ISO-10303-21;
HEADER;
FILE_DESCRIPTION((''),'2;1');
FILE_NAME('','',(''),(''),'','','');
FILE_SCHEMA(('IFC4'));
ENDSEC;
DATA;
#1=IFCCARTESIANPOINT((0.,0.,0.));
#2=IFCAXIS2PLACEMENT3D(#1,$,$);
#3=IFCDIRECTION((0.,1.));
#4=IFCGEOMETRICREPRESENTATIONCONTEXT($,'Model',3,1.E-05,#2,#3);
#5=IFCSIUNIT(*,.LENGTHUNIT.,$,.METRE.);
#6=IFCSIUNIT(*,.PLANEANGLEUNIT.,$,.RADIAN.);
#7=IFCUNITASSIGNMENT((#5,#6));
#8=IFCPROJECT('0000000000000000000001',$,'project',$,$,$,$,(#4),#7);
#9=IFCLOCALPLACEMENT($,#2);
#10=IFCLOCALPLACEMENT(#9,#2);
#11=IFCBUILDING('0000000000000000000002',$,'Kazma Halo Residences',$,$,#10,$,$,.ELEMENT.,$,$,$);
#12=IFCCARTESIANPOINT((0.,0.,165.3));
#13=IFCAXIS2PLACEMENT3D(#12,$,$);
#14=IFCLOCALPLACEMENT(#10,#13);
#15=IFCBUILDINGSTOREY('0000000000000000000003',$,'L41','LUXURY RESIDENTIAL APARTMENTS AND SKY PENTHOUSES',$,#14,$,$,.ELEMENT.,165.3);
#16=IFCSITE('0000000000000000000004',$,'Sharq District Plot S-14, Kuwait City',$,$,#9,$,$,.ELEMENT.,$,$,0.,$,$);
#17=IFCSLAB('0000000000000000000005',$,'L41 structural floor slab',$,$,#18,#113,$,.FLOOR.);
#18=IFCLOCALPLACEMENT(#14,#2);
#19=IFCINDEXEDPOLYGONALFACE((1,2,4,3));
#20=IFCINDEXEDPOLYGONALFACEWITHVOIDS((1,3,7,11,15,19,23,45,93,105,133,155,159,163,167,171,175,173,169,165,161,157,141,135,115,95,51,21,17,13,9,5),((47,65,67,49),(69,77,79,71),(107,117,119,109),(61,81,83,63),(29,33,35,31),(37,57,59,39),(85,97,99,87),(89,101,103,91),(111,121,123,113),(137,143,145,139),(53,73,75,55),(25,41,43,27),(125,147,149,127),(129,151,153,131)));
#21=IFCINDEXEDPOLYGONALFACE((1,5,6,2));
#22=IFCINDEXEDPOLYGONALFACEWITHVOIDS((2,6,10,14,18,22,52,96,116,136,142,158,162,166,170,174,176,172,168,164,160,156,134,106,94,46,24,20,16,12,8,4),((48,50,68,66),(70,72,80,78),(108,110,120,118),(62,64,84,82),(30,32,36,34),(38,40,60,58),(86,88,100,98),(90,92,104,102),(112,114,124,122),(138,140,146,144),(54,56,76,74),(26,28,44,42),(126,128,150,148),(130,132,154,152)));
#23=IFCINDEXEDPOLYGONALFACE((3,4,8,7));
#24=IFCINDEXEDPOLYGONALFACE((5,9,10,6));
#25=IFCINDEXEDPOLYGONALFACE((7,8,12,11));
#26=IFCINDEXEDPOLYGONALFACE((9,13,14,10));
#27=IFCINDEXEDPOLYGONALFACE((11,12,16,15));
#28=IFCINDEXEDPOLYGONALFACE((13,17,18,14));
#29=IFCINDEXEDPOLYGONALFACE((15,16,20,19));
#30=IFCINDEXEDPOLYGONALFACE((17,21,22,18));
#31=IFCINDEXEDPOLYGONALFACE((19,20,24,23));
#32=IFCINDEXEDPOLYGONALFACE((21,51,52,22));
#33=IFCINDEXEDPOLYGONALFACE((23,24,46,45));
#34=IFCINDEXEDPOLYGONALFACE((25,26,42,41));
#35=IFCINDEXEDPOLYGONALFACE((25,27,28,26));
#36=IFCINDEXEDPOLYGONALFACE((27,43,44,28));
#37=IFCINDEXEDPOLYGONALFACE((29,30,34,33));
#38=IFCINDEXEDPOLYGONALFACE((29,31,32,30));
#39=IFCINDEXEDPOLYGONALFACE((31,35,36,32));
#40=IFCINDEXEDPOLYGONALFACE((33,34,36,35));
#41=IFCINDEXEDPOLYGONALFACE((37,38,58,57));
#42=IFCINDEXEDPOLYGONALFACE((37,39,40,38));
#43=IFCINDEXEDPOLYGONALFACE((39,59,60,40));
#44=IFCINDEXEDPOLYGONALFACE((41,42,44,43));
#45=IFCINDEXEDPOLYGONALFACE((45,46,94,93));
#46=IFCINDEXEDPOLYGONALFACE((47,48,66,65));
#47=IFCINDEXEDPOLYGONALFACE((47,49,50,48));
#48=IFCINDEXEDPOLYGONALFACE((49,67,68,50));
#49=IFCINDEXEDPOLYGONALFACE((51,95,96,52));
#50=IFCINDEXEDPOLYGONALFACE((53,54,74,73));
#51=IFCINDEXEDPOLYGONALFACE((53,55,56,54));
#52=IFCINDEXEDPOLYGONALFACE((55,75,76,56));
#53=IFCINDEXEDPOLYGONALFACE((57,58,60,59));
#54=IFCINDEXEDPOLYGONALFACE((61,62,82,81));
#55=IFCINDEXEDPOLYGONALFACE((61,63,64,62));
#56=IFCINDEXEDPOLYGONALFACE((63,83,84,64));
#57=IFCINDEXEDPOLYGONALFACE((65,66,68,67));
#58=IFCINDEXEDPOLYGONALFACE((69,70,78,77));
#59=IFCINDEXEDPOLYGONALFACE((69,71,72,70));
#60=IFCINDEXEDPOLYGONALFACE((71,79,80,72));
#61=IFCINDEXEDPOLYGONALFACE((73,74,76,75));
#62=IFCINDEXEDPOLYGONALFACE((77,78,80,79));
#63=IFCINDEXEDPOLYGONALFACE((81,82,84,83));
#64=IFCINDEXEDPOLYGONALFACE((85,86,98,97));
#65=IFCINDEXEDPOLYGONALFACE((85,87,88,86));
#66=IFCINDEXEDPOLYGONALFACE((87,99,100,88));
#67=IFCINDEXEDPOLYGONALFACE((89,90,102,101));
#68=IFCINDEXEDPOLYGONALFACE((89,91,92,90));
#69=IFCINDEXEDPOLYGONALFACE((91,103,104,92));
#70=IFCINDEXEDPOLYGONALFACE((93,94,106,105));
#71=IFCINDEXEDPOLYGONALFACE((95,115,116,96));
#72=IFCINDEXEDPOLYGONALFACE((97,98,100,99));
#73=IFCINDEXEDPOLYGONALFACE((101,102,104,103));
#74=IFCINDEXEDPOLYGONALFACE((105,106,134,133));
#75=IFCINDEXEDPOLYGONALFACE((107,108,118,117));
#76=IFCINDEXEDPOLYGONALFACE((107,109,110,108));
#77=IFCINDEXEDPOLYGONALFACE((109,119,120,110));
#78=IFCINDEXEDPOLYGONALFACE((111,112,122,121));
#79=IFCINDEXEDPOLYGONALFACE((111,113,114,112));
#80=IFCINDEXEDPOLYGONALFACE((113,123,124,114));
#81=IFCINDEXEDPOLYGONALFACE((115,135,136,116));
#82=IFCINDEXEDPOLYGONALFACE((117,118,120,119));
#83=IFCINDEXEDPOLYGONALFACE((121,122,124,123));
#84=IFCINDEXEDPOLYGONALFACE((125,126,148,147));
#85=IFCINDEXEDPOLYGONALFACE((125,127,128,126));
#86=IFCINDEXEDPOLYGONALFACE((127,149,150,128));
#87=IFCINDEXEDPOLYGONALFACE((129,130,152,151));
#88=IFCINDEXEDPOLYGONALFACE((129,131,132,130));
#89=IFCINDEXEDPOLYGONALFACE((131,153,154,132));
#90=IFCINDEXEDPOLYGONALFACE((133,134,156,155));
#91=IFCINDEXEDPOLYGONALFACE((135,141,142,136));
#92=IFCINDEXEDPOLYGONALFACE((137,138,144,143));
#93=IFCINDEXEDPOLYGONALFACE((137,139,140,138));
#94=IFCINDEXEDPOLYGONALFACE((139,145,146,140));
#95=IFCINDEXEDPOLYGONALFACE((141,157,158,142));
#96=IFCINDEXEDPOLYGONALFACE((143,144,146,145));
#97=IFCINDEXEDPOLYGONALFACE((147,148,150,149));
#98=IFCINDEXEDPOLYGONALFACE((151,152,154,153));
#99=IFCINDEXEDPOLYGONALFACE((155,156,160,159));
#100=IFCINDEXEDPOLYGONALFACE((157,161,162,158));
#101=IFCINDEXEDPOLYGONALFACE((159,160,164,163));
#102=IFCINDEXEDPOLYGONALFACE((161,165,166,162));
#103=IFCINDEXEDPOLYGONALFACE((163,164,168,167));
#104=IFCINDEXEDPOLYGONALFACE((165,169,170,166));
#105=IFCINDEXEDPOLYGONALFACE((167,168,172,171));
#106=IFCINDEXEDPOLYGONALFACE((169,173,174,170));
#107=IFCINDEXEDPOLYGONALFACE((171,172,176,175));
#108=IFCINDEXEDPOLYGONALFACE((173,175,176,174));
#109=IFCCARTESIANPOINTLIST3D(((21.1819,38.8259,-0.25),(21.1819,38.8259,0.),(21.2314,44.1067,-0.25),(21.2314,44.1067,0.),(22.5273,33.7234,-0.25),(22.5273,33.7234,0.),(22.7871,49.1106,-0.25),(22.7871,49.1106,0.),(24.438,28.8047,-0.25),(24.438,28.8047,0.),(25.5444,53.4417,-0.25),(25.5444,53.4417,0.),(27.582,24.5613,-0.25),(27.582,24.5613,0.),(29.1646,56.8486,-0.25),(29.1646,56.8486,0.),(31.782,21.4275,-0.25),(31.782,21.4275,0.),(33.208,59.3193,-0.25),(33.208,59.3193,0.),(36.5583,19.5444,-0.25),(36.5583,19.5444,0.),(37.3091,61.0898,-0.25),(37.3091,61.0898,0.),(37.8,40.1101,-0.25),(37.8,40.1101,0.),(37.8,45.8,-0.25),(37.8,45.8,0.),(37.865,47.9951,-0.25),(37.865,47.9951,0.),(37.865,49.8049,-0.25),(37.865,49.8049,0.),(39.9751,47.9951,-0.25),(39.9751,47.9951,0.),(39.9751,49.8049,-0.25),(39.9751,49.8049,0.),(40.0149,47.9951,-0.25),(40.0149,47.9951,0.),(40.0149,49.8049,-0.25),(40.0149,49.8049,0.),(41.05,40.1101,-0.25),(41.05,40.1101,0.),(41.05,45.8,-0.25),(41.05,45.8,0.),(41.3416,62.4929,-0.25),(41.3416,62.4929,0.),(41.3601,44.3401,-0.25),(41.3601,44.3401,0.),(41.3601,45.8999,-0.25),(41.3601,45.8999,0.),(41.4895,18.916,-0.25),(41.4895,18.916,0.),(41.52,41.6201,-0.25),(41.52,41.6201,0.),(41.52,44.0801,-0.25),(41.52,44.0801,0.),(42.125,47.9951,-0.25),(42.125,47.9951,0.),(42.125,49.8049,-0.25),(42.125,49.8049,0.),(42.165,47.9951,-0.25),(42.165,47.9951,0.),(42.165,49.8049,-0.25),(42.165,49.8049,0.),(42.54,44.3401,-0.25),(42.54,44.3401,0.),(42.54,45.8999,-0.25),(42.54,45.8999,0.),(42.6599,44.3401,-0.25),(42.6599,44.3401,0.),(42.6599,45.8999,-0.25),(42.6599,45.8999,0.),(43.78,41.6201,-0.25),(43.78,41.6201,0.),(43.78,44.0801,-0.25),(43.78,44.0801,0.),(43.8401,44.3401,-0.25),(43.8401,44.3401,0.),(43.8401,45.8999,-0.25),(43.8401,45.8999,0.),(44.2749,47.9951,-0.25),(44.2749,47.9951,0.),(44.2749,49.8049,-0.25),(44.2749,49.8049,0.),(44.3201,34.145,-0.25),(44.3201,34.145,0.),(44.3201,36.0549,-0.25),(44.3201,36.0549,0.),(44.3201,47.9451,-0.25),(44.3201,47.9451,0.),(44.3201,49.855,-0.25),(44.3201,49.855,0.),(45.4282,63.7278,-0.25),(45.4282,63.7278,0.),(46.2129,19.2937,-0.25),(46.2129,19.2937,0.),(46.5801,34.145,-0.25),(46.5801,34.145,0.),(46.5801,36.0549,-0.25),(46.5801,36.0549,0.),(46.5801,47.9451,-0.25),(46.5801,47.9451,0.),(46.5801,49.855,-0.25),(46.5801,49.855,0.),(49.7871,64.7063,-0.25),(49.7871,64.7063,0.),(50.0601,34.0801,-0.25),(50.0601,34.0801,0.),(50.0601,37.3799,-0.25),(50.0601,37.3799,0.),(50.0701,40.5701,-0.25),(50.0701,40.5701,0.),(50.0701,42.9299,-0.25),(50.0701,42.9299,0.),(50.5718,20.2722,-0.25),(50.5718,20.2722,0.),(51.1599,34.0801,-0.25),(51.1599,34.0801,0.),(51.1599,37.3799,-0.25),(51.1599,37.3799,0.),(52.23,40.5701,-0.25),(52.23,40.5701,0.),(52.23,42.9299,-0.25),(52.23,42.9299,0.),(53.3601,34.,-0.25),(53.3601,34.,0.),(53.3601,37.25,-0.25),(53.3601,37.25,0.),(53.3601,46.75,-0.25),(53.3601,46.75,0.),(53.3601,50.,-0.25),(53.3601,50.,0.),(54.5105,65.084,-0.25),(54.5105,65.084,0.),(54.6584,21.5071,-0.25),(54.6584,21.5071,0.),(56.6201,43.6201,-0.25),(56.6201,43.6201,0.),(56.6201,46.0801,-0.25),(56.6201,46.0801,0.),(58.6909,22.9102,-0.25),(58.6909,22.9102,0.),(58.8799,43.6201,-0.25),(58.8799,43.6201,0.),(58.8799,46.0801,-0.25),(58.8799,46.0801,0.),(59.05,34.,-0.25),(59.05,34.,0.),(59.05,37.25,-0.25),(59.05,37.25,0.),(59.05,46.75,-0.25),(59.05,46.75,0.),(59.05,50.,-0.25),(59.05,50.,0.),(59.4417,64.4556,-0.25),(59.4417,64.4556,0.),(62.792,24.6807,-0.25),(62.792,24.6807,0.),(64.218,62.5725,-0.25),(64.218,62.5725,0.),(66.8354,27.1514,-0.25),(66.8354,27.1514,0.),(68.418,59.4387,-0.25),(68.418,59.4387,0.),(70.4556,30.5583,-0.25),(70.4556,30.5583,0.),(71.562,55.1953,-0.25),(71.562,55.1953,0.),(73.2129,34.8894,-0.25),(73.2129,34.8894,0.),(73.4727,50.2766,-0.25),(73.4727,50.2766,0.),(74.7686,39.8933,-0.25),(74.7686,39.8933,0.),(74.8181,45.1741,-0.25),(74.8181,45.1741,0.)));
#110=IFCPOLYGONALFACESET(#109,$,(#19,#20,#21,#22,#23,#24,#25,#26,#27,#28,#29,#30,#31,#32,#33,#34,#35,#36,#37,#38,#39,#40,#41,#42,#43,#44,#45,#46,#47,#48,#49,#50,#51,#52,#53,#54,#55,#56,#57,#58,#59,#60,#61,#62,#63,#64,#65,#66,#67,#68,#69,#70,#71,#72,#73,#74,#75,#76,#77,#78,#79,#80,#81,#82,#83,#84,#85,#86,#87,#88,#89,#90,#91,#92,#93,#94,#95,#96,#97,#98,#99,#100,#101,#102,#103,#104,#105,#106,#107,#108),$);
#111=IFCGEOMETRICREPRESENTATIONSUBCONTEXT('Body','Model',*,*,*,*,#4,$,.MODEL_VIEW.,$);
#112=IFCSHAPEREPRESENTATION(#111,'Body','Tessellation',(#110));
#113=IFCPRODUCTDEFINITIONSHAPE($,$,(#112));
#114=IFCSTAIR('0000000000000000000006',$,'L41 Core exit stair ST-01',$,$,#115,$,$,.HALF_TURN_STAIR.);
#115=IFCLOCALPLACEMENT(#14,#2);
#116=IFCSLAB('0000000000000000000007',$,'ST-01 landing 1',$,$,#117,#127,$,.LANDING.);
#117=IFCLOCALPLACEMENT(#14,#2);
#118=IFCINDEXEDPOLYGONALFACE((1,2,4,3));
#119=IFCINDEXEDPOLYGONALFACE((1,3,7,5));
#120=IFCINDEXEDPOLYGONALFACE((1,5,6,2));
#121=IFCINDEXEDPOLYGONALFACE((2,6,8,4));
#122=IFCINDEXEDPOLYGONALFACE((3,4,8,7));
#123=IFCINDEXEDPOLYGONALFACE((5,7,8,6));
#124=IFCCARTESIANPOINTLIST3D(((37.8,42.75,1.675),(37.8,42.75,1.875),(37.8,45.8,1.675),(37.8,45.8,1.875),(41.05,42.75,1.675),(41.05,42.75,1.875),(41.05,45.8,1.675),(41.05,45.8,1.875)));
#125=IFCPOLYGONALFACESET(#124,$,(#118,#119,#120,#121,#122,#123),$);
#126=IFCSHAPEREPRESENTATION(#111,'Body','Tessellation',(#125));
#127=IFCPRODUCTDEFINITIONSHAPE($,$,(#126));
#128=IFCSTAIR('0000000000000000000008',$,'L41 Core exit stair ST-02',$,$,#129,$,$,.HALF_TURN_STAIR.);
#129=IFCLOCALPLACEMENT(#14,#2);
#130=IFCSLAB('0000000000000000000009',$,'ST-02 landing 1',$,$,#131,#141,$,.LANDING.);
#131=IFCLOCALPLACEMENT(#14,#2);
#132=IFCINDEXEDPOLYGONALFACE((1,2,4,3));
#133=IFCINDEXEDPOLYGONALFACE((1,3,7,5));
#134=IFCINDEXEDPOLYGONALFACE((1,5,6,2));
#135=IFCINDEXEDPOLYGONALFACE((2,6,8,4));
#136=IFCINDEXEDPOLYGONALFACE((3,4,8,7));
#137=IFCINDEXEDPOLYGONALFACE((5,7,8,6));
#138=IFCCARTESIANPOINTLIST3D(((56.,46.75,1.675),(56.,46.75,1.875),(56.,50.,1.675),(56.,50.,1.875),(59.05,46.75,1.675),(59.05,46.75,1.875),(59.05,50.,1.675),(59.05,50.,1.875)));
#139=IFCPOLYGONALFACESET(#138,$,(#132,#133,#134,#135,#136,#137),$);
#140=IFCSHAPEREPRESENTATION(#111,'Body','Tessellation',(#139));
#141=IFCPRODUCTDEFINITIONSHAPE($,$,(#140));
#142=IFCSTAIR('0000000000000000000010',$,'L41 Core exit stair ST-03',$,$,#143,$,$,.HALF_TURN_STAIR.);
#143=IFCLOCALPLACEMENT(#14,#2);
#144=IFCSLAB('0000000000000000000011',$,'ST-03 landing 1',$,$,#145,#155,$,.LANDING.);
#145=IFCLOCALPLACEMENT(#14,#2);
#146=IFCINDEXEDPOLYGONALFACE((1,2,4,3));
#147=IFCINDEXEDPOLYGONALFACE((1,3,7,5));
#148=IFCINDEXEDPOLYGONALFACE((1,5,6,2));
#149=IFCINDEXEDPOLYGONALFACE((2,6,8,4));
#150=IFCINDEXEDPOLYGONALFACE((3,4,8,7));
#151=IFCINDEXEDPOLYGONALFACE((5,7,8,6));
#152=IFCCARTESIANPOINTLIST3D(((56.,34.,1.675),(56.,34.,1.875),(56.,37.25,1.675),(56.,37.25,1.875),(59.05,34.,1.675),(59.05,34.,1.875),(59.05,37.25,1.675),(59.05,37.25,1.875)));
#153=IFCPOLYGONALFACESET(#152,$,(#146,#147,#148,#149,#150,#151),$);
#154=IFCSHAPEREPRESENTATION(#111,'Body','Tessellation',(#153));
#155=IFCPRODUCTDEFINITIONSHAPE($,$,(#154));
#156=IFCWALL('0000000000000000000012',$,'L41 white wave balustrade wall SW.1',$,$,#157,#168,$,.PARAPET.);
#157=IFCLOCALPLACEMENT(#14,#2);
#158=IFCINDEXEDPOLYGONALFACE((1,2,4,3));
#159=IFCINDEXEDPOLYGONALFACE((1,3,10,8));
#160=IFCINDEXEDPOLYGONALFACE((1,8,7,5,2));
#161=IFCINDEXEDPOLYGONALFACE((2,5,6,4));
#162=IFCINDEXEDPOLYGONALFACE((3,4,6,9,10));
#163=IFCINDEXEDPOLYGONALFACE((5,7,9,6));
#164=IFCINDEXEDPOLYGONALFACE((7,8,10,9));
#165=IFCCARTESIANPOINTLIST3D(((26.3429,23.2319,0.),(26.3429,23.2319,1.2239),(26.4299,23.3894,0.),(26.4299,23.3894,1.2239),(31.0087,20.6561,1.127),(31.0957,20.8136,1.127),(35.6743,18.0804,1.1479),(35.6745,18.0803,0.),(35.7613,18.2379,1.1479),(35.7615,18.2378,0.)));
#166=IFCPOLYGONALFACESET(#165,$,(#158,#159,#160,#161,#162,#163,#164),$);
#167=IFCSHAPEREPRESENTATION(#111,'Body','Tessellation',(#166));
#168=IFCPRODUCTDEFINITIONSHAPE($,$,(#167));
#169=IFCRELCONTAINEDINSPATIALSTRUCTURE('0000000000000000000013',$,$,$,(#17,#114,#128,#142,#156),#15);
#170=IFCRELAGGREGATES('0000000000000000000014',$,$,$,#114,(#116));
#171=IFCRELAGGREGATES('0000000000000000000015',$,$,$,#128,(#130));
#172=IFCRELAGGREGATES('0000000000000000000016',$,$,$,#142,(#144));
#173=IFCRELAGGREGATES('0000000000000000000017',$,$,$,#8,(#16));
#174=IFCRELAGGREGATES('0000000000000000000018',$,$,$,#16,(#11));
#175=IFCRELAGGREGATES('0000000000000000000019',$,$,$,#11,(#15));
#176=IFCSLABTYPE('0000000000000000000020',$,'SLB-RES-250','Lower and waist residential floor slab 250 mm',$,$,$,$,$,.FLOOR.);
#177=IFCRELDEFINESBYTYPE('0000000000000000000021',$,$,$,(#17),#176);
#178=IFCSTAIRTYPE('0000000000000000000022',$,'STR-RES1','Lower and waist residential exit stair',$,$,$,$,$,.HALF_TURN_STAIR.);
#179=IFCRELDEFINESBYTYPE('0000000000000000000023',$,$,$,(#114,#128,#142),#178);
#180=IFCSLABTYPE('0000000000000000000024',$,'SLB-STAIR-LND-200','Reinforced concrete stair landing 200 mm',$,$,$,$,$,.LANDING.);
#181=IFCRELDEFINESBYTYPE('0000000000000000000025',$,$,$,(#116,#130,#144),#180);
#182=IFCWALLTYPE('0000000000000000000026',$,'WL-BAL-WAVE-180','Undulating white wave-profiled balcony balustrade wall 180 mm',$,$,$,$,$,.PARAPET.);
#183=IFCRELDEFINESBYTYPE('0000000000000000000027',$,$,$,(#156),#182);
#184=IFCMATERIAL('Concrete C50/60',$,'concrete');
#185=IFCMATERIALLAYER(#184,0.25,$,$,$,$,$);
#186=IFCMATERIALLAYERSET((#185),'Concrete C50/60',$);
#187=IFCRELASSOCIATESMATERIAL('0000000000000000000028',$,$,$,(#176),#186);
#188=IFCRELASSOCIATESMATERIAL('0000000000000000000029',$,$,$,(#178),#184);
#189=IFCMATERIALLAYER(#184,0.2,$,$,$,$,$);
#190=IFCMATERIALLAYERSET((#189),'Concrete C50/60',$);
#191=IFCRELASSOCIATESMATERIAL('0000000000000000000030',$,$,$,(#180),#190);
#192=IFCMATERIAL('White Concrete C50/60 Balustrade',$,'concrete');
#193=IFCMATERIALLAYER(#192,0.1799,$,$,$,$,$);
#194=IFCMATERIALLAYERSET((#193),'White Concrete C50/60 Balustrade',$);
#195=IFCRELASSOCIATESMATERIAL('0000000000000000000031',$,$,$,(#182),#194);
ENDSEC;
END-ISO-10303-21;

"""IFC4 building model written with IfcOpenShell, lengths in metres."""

from ifc_helpers import new_model, si_unit, direction, frame, origin, place, context, subcontext, project, spatial, polyline, outline, extrude, material, layer, layer_set, type_object, element, aggregate, save


model = new_model("IFC4")

# Units and contexts
model_context = context("Model", 3, precision=1e-05, world=origin(), true_north=direction((0.0, 1.0)))
body_context = subcontext(model_context, "Body", "Model", "MODEL_VIEW")
ifc_project = project(units=[si_unit("LENGTHUNIT", "METRE"), si_unit("PLANEANGLEUNIT", "RADIAN")], contexts=[model_context])

# Site, building, storey
site_placement = place(None, origin())
site = spatial("IfcSite", under=ifc_project, at=site_placement, Name="Sharq District Plot S-14, Kuwait City", CompositionType="ELEMENT", RefElevation=0.0)
building_placement = place(site_placement, origin())
building = spatial("IfcBuilding", under=site, at=building_placement, Name="Kazma Halo Residences", CompositionType="ELEMENT")
storey_placement = place(building_placement, frame((0.0, 0.0, 165.3)))
storey = spatial("IfcBuildingStorey", under=building, at=storey_placement, Name="L41", Description="LUXURY RESIDENTIAL APARTMENTS AND SKY PENTHOUSES", CompositionType="ELEMENT", Elevation=165.3)

# Slab
ifc_material_1 = material(Name="Concrete C50/60", Category="concrete")
ifc_layer_1 = layer(ifc_material_1, 0.25)
ifc_layer_set_1 = layer_set([ifc_layer_1], Name="Concrete C50/60")
slab_type_1 = type_object("IfcSlabType", Name="SLB-RES-250", Description="Lower and waist residential floor slab 250 mm", PredefinedType="FLOOR", material=ifc_layer_set_1)
slab_1_placement = place(storey_placement, frame((0.0, 0.0, -0.25)))
element("IfcSlab", 1, at=slab_1_placement, inside=storey, type_object=slab_type_1, Name="L41 structural floor slab", PredefinedType="FLOOR", context=body_context, shape_type="SweptSolid", body=[
    extrude(outline(polyline([(73.4727, 50.2766), (71.562, 55.1953), (68.418, 59.4387), (64.218, 62.5725), (59.4417, 64.4556), (54.5105, 65.084), (49.7871, 64.7063), (45.4282, 63.7278), (41.3416, 62.4929), (37.3091, 61.0898), (33.208, 59.3193), (29.1646, 56.8486), (25.5444, 53.4417), (22.7871, 49.1106), (21.2314, 44.1067), (21.1819, 38.8259), (22.5273, 33.7234), (24.438, 28.8047), (27.582, 24.5613), (31.782, 21.4275), (36.5583, 19.5444), (41.4895, 18.916), (46.2129, 19.2937), (50.5718, 20.2722), (54.6584, 21.5071), (58.6909, 22.9102), (62.792, 24.6807), (66.8354, 27.1514), (70.4556, 30.5583), (73.2129, 34.8894), (74.7686, 39.8933), (74.8181, 45.1741), (73.4727, 50.2766)]), holes=[polyline([(37.8, 40.1101), (41.05, 40.1101), (41.05, 45.8), (37.8, 45.8), (37.8, 40.1101)]), polyline([(53.3601, 46.75), (59.05, 46.75), (59.05, 50.0), (53.3601, 50.0), (53.3601, 46.75)]), polyline([(53.3601, 34.0), (59.05, 34.0), (59.05, 37.25), (53.3601, 37.25), (53.3601, 34.0)]), polyline([(41.52, 41.6201), (43.78, 41.6201), (43.78, 44.0801), (41.52, 44.0801), (41.52, 41.6201)]), polyline([(56.6201, 43.6201), (58.8799, 43.6201), (58.8799, 46.0801), (56.6201, 46.0801), (56.6201, 43.6201)]), polyline([(37.865, 47.9951), (39.9751, 47.9951), (39.9751, 49.8049), (37.865, 49.8049), (37.865, 47.9951)]), polyline([(40.0149, 47.9951), (42.125, 47.9951), (42.125, 49.8049), (40.0149, 49.8049), (40.0149, 47.9951)]), polyline([(42.165, 47.9951), (44.2749, 47.9951), (44.2749, 49.8049), (42.165, 49.8049), (42.165, 47.9951)]), polyline([(44.3201, 47.9451), (46.5801, 47.9451), (46.5801, 49.855), (44.3201, 49.855), (44.3201, 47.9451)]), polyline([(44.3201, 34.145), (46.5801, 34.145), (46.5801, 36.0549), (44.3201, 36.0549), (44.3201, 34.145)]), polyline([(50.0701, 40.5701), (52.23, 40.5701), (52.23, 42.9299), (50.0701, 42.9299), (50.0701, 40.5701)]), polyline([(41.3601, 44.3401), (42.54, 44.3401), (42.54, 45.8999), (41.3601, 45.8999), (41.3601, 44.3401)]), polyline([(42.6599, 44.3401), (43.8401, 44.3401), (43.8401, 45.8999), (42.6599, 45.8999), (42.6599, 44.3401)]), polyline([(50.0601, 34.0801), (51.1599, 34.0801), (51.1599, 37.3799), (50.0601, 37.3799), (50.0601, 34.0801)])]), origin(), (0.0, 0.0, 1.0), 0.25),
])

# Stairs, slabs
stair_type = type_object("IfcStairType", Name="STR-RES1", Description="Lower and waist residential exit stair", PredefinedType="HALF_TURN_STAIR", material=ifc_material_1)
stair_1_placement = place(storey_placement, origin())
stair_1 = element("IfcStair", 2, at=stair_1_placement, inside=storey, type_object=stair_type, Name="L41 Core exit stair ST-01", PredefinedType="HALF_TURN_STAIR")
ifc_layer_2 = layer(ifc_material_1, 0.2)
ifc_layer_set_2 = layer_set([ifc_layer_2], Name="Concrete C50/60")
slab_type_2 = type_object("IfcSlabType", Name="SLB-STAIR-LND-200", Description="Reinforced concrete stair landing 200 mm", PredefinedType="LANDING", material=ifc_layer_set_2)
slab_2_placement = place(storey_placement, frame((0.0, 0.0, 1.675)))
slab_2 = element("IfcSlab", 3, at=slab_2_placement, type_object=slab_type_2, Name="ST-01 landing 1", PredefinedType="LANDING", context=body_context, shape_type="SweptSolid", body=[
    extrude(outline(polyline([(41.05, 42.75), (41.05, 45.8), (37.8, 45.8), (37.8, 42.75), (41.05, 42.75)])), origin(), (0.0, 0.0, 1.0), 0.2),
])
aggregate(stair_1, [slab_2])
stair_2_placement = place(storey_placement, origin())
stair_2 = element("IfcStair", 4, at=stair_2_placement, inside=storey, type_object=stair_type, Name="L41 Core exit stair ST-02", PredefinedType="HALF_TURN_STAIR")
slab_3_placement = place(storey_placement, frame((0.0, 0.0, 1.675)))
slab_3 = element("IfcSlab", 5, at=slab_3_placement, type_object=slab_type_2, Name="ST-02 landing 1", PredefinedType="LANDING", context=body_context, shape_type="SweptSolid", body=[
    extrude(outline(polyline([(56.0, 46.75), (59.05, 46.75), (59.05, 50.0), (56.0, 50.0), (56.0, 46.75)])), origin(), (0.0, 0.0, 1.0), 0.2),
])
aggregate(stair_2, [slab_3])
stair_3_placement = place(storey_placement, origin())
stair_3 = element("IfcStair", 6, at=stair_3_placement, inside=storey, type_object=stair_type, Name="L41 Core exit stair ST-03", PredefinedType="HALF_TURN_STAIR")
slab_4_placement = place(storey_placement, frame((0.0, 0.0, 1.675)))
slab_4 = element("IfcSlab", 7, at=slab_4_placement, type_object=slab_type_2, Name="ST-03 landing 1", PredefinedType="LANDING", context=body_context, shape_type="SweptSolid", body=[
    extrude(outline(polyline([(56.0, 34.0), (59.05, 34.0), (59.05, 37.25), (56.0, 37.25), (56.0, 34.0)])), origin(), (0.0, 0.0, 1.0), 0.2),
])
aggregate(stair_3, [slab_4])

# Wall
ifc_material_2 = material(Name="White Concrete C50/60 Balustrade", Category="concrete")
ifc_layer_3 = layer(ifc_material_2, 0.1799)
ifc_layer_set_3 = layer_set([ifc_layer_3], Name="White Concrete C50/60 Balustrade")
wall_type_1 = type_object("IfcWallType", Name="WL-BAL-WAVE-180", Description="Undulating white wave-profiled balcony balustrade wall 180 mm", PredefinedType="PARAPET", material=ifc_layer_set_3)
wall_1_placement = place(storey_placement, frame((26.3865, 23.3108, 0.0), z_axis=(0.0, 0.0, 1.0), x_axis=(0.875452, -0.483306, 0.0)))
element("IfcWall", 8, at=wall_1_placement, inside=storey, type_object=wall_type_1, Name="L41 white wave balustrade wall SW.1", PredefinedType="PARAPET", context=body_context, shape_type="SweptSolid", body=[
    extrude(outline(polyline([(0.0, 0.0), (10.6592, 0.0), (10.6589, 1.1479), (5.3296, 1.127), (0.0, 1.2239), (0.0, 0.0)])), frame((0.0, 0.0898, 0.0), z_axis=(0.0, -1.0, 0.0), x_axis=(1.0, 0.0, 0.0)), (0.0, 0.0, 1.0), 0.1799),
])

save(model, "model.ifc")
